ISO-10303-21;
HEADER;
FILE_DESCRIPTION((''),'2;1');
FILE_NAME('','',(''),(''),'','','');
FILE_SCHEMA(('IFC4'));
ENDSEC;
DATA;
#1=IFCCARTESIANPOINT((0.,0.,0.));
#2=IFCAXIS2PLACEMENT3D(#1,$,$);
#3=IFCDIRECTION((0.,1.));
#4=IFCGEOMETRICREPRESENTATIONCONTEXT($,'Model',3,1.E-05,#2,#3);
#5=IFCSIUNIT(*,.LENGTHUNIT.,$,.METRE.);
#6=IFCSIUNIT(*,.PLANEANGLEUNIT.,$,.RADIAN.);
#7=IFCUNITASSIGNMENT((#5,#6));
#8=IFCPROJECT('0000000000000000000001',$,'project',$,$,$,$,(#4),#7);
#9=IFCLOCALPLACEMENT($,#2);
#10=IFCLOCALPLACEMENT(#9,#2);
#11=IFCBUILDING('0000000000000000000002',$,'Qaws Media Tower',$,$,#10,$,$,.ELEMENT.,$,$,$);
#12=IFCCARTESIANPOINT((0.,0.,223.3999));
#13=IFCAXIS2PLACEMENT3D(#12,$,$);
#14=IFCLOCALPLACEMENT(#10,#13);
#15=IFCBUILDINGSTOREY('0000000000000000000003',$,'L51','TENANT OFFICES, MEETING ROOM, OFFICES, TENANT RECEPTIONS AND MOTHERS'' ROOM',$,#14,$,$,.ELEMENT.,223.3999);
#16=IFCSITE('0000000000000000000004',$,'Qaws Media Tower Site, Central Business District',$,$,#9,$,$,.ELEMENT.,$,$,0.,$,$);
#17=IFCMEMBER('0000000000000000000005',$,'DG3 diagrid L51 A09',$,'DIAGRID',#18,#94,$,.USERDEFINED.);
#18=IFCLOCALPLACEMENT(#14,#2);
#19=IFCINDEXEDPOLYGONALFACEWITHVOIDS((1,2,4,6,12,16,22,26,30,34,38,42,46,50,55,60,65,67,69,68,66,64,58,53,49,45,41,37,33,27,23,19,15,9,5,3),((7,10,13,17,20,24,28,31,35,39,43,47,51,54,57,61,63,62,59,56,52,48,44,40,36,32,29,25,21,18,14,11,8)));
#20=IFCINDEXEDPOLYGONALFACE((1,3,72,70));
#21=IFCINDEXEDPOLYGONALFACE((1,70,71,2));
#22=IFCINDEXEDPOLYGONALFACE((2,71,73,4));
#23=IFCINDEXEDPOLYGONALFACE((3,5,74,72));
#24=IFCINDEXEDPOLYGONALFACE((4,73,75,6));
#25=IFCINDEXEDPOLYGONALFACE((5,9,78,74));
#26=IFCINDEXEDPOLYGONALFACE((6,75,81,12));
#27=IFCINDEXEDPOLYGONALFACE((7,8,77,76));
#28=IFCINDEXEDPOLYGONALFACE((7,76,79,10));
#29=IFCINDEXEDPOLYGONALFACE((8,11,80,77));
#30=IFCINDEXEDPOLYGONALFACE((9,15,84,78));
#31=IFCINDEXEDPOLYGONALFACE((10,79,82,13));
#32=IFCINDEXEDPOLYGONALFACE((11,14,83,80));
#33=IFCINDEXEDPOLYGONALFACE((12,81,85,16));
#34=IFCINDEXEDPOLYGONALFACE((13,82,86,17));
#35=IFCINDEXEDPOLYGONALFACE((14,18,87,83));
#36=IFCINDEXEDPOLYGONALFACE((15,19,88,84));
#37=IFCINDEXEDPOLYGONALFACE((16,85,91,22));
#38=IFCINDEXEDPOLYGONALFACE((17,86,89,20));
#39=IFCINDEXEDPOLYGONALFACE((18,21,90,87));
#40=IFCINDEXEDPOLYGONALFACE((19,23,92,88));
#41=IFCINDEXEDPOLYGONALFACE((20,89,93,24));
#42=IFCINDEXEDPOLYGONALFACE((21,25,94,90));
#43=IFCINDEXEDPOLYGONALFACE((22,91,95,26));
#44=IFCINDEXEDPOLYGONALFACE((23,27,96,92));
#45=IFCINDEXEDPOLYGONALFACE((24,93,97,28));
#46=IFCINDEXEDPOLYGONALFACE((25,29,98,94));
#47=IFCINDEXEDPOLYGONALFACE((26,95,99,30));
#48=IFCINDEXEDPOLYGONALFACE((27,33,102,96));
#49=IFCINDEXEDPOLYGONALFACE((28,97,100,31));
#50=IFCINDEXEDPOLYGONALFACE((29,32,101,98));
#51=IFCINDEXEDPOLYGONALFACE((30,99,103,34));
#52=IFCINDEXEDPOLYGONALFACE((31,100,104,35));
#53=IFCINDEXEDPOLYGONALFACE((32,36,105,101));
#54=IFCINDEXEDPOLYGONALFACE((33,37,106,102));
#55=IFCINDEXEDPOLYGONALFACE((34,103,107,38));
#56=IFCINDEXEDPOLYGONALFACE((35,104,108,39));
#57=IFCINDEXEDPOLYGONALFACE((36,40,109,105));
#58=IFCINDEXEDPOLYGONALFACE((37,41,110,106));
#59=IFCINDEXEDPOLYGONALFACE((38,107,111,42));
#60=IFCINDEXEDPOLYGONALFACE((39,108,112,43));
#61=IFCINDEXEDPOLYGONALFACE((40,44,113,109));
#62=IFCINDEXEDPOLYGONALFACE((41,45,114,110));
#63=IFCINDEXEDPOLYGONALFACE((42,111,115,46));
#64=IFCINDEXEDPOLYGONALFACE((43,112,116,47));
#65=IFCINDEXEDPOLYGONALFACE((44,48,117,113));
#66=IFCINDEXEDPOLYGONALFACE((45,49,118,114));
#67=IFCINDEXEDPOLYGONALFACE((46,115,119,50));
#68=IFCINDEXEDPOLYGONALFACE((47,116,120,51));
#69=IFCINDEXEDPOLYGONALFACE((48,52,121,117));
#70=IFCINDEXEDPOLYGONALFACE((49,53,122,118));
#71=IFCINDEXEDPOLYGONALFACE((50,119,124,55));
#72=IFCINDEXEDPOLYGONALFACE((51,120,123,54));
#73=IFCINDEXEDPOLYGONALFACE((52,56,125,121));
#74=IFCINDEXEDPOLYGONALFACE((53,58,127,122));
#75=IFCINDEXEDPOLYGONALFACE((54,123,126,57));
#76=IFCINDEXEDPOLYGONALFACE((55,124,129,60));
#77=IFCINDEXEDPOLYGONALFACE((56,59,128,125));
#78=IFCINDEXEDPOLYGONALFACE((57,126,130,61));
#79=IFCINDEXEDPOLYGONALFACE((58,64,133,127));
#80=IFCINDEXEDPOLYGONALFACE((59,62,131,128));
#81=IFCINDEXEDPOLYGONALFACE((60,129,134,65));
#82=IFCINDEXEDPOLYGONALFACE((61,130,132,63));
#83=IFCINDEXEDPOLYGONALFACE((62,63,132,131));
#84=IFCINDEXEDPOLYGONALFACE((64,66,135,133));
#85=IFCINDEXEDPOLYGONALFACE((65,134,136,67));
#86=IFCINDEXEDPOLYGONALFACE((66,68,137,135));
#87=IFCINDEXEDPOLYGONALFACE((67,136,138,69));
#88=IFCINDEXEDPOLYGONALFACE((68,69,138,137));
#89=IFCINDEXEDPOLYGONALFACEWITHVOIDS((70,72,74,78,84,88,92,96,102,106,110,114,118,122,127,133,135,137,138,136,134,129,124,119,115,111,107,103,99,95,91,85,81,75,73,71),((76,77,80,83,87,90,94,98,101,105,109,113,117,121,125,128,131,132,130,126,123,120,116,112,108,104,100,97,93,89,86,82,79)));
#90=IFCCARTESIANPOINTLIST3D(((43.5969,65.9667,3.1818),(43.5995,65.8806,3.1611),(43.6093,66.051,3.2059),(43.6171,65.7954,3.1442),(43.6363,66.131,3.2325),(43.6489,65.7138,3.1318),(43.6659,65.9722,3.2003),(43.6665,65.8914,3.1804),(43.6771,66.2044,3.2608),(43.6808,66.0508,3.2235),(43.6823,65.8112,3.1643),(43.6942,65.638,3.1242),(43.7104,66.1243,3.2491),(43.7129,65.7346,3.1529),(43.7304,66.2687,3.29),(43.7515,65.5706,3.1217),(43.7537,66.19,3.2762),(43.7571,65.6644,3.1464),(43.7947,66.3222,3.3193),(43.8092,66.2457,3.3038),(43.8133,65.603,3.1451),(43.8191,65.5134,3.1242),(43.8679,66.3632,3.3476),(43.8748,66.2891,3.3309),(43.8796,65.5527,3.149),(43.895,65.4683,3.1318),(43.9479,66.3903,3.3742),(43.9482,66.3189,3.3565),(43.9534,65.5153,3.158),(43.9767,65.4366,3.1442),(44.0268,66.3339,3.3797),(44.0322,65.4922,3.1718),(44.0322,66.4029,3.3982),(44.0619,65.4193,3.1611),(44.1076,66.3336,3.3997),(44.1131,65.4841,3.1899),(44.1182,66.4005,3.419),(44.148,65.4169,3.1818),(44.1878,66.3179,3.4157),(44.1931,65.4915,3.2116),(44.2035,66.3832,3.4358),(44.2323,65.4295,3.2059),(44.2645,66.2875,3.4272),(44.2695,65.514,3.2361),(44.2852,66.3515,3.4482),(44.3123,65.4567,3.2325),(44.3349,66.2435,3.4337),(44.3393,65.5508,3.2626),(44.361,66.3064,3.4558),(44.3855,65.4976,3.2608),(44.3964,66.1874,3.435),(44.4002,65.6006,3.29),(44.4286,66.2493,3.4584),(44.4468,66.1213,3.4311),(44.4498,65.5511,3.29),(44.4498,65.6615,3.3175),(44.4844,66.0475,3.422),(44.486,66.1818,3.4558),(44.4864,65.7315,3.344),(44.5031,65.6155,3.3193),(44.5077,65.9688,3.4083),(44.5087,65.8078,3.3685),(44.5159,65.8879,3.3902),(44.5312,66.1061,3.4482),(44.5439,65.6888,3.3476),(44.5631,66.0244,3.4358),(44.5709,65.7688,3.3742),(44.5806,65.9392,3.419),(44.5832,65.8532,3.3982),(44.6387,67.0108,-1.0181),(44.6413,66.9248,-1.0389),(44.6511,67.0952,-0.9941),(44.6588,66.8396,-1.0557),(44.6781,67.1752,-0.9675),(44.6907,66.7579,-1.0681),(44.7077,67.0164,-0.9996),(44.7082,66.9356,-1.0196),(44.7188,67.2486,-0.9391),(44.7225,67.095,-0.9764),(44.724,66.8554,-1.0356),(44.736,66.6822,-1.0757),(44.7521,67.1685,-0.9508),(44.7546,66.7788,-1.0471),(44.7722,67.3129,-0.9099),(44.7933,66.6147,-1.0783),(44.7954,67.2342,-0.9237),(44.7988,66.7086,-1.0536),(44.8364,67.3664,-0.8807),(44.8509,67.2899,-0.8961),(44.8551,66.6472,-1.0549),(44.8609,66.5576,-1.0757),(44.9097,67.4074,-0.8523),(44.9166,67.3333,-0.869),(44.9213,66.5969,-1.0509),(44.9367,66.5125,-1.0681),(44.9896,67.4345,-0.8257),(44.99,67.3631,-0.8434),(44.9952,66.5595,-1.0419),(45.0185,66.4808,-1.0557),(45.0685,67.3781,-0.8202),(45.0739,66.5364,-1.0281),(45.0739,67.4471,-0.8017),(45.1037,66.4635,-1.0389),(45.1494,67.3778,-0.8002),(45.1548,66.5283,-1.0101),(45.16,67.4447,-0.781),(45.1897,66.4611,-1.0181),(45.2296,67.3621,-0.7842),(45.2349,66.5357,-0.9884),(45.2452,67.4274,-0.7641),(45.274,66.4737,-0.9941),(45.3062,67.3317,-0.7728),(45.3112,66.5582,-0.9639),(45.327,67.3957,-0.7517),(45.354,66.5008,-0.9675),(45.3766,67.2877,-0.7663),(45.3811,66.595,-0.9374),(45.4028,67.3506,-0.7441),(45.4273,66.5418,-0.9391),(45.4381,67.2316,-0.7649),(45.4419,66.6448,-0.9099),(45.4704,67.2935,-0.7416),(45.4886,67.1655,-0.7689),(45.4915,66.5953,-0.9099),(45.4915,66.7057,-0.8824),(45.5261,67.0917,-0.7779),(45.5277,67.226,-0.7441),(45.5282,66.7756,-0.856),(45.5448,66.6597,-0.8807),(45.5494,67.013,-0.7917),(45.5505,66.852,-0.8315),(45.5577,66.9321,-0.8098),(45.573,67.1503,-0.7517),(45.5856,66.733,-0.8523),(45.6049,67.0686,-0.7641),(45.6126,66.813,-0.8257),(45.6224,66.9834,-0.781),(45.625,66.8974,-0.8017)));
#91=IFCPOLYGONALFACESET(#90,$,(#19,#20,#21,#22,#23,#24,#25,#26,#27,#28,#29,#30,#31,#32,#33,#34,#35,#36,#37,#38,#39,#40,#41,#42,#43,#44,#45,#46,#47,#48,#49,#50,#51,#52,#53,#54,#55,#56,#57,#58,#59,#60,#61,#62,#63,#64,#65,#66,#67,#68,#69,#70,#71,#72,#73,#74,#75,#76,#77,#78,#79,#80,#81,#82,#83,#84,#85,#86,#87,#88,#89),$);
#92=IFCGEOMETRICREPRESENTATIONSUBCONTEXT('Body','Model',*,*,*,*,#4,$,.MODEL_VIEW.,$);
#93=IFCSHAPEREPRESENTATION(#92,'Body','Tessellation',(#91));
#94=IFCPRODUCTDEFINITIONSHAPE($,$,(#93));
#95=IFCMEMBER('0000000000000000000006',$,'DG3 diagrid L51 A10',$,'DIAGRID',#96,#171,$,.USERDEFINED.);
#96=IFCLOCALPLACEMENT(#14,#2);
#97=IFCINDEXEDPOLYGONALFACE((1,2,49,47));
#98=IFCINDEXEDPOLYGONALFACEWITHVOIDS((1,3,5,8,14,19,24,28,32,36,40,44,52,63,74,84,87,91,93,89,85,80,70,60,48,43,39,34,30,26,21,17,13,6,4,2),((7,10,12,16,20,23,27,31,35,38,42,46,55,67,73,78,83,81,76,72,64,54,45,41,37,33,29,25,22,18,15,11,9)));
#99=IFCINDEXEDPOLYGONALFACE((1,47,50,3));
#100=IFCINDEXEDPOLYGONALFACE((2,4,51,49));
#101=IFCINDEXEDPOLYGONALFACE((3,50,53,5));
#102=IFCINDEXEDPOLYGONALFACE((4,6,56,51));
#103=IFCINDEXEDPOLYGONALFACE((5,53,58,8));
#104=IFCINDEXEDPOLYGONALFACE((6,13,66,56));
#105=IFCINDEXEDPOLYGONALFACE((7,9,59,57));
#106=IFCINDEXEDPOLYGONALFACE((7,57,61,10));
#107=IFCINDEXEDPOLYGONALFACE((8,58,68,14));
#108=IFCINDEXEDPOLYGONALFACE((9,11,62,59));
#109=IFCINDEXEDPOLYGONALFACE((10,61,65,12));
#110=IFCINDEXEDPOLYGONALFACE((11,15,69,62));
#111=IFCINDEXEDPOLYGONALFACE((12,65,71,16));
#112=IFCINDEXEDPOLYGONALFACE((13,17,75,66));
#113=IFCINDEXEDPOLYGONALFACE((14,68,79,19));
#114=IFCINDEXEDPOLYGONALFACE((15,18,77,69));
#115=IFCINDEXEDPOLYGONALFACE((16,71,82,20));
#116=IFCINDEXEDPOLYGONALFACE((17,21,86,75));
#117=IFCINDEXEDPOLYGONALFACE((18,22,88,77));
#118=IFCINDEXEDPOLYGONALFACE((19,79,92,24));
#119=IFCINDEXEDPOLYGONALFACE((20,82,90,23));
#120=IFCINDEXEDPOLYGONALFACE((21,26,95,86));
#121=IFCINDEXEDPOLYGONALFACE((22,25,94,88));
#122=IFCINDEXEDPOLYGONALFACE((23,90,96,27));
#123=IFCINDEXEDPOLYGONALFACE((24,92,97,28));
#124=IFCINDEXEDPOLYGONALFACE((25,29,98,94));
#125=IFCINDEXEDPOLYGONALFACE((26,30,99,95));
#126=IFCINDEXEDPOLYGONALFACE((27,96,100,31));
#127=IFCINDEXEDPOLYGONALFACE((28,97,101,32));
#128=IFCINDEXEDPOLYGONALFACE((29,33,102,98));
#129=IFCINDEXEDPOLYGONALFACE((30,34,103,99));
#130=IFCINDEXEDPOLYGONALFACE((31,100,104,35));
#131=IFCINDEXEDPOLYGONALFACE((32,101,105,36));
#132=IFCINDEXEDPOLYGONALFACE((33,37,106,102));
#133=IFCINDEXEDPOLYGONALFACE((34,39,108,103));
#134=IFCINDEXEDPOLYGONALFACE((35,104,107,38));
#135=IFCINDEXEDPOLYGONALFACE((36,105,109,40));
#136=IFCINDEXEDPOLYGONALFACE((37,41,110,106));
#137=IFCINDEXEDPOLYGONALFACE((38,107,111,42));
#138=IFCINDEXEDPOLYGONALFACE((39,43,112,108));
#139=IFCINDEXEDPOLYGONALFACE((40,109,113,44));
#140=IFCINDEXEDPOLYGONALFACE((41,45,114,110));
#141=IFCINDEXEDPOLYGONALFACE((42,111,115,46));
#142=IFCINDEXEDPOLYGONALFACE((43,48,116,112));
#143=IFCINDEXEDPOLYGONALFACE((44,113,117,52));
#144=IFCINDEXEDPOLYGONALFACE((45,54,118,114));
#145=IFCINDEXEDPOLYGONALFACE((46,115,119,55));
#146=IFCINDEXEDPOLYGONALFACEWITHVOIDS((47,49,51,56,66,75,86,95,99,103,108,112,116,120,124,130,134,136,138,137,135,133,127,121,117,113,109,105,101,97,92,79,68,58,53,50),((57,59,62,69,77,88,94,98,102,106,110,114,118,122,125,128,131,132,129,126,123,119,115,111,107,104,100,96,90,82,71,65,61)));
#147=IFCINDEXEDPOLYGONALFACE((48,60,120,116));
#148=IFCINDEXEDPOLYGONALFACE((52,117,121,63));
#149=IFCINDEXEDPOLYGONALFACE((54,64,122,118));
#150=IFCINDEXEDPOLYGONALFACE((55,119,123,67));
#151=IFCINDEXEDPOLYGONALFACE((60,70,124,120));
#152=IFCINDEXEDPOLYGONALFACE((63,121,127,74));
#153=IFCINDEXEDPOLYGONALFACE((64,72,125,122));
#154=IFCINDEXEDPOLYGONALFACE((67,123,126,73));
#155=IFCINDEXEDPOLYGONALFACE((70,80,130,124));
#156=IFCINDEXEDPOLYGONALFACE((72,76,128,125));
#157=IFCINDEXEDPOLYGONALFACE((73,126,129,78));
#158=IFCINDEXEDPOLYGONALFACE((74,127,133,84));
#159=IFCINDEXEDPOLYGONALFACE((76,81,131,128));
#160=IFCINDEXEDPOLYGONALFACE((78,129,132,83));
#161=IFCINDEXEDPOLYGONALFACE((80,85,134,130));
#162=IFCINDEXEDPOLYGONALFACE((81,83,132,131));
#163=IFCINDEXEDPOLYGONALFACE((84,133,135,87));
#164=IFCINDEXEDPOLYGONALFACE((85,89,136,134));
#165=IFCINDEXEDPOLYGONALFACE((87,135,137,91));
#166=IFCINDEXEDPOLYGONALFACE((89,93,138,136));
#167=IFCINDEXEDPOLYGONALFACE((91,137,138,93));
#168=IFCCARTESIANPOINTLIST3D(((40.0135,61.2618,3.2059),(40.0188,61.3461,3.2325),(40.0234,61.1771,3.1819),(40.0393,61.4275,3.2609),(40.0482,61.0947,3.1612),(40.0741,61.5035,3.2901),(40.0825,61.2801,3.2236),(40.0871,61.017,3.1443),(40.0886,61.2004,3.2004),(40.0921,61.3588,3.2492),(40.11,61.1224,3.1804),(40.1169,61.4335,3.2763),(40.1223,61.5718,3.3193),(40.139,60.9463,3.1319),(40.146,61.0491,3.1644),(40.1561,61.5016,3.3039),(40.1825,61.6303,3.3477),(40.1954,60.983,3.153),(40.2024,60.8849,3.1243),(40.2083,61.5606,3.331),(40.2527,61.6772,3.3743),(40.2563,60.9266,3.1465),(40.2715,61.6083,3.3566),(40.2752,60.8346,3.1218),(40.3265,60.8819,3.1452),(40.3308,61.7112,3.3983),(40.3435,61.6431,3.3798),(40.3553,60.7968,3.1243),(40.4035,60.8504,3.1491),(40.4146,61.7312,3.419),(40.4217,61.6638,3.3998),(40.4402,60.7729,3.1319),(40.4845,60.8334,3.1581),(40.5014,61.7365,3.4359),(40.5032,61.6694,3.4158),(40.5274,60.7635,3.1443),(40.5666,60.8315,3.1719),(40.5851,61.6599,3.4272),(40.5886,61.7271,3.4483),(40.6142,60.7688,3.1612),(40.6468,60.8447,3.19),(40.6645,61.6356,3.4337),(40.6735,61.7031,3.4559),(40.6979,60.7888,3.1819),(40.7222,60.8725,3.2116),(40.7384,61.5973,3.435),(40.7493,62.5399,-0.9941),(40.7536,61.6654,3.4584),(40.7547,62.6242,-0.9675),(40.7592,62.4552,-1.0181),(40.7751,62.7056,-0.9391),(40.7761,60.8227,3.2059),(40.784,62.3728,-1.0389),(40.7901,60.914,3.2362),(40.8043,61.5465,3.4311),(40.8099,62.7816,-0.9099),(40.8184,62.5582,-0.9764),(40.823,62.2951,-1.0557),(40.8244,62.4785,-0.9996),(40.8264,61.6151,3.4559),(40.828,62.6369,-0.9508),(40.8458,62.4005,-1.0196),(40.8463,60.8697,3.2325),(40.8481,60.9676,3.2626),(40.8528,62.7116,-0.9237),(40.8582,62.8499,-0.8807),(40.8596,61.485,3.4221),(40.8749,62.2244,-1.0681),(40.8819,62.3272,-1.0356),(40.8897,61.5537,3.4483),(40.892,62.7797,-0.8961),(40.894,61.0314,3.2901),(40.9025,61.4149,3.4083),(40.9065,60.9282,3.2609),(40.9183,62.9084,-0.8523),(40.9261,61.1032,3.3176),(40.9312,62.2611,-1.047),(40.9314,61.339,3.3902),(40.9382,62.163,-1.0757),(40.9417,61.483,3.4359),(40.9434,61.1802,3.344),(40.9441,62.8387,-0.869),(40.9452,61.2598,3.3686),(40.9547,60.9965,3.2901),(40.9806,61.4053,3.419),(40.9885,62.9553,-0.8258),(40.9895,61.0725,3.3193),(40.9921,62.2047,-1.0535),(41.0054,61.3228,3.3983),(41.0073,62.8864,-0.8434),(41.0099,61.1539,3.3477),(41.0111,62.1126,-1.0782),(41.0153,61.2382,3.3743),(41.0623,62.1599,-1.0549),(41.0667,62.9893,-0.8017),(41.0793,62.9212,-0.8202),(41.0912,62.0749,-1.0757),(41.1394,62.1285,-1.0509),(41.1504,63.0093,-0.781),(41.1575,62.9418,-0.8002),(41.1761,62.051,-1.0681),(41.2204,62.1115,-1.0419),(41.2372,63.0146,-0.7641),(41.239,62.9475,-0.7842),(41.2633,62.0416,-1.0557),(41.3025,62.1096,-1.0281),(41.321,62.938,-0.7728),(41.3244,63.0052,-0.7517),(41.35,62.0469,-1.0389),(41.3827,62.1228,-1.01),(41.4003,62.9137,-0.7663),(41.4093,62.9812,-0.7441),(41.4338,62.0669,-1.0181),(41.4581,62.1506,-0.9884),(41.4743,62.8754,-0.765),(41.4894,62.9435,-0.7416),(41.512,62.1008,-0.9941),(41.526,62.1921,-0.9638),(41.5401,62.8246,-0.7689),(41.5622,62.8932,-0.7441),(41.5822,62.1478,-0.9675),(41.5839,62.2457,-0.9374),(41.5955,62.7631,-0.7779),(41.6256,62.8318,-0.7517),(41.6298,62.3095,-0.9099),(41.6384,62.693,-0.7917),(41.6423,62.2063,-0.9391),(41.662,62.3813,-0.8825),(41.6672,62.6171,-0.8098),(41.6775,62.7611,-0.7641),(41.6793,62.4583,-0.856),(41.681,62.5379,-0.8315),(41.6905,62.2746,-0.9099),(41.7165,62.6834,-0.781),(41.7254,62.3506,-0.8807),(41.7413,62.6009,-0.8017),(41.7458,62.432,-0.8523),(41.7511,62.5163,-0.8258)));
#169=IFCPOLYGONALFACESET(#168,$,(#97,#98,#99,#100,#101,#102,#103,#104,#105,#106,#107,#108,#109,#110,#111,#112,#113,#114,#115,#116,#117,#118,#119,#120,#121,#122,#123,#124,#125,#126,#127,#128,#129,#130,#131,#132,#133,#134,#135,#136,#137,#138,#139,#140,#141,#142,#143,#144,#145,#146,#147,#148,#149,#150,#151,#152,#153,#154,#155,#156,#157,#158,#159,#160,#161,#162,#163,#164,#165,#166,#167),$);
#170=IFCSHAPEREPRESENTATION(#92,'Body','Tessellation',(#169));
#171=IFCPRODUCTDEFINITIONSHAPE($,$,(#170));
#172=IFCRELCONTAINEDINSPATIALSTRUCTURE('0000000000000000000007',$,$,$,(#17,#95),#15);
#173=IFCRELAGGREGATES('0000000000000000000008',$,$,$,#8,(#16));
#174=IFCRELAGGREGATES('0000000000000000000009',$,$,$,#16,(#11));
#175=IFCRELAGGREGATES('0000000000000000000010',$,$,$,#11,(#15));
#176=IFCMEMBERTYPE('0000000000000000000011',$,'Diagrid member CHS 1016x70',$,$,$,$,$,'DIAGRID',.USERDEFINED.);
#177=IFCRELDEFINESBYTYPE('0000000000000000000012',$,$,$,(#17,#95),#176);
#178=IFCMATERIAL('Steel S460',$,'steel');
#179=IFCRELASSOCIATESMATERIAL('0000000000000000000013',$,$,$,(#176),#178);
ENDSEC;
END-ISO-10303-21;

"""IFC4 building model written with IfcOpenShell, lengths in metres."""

from ifc_helpers import new_model, si_unit, direction, frame, origin, origin_2d, place, context, subcontext, project, spatial, hollow_circle, extrude, material, material_profile, profile_set, type_object, element, save


model = new_model("IFC4")

# Units and contexts
model_context = context("Model", 3, precision=1e-05, world=origin(), true_north=direction((0.0, 1.0)))
body_context = subcontext(model_context, "Body", "Model", "MODEL_VIEW")
ifc_project = project(units=[si_unit("LENGTHUNIT", "METRE"), si_unit("PLANEANGLEUNIT", "RADIAN")], contexts=[model_context])

# Site, building, storey
site_placement = place(None, origin())
site = spatial("IfcSite", under=ifc_project, at=site_placement, Name="Qaws Media Tower Site, Central Business District", CompositionType="ELEMENT", RefElevation=0.0)
building_placement = place(site_placement, origin())
building = spatial("IfcBuilding", under=site, at=building_placement, Name="Qaws Media Tower", CompositionType="ELEMENT")
storey_placement = place(building_placement, frame((0.0, 0.0, 223.3999)))
storey = spatial("IfcBuildingStorey", under=building, at=storey_placement, Name="L51", Description="TENANT OFFICES, MEETING ROOM, OFFICES, TENANT RECEPTIONS AND MOTHERS' ROOM", CompositionType="ELEMENT", Elevation=223.3999)

# Members
ifc_material_1 = material(Name="Steel S460", Category="steel")
ifc_material_profile_1 = material_profile(ifc_material_1, hollow_circle(Radius=0.5081, WallThickness=0.0701, at=origin_2d()), Name="CHS 1016x70")
ifc_profile_set_1 = profile_set([ifc_material_profile_1], Name="Steel S460")
member_type_1 = type_object("IfcMemberType", Name="Diagrid member CHS 1016x70", ElementType="DIAGRID", PredefinedType="USERDEFINED", material=ifc_profile_set_1)
for number, where, z_axis, x_axis, name in (
    (1, (45.1318, 66.9541, -0.9099), (-0.234026, -0.234574, 0.943508), (0.707934, -0.706279, 0.0), "DG3 diagrid L51 A09"),
    (2, (41.2502, 62.5281, -0.9099), (-0.165307, -0.287121, 0.943523), (0.866629, -0.498953, 0.0), "DG3 diagrid L51 A10"),
):
    element("IfcMember", number, at=place(storey_placement, frame(where, z_axis=z_axis, x_axis=x_axis)), inside=storey, type_object=member_type_1, Name=name, ObjectType="DIAGRID", PredefinedType="USERDEFINED", context=body_context, shape_type="SweptSolid", body=[
        extrude(hollow_circle(Radius=0.5081, WallThickness=0.0701, at=origin_2d()), origin(), (0.0, 0.0, 1.0), 4.4514),
    ])

save(model, "model.ifc")
